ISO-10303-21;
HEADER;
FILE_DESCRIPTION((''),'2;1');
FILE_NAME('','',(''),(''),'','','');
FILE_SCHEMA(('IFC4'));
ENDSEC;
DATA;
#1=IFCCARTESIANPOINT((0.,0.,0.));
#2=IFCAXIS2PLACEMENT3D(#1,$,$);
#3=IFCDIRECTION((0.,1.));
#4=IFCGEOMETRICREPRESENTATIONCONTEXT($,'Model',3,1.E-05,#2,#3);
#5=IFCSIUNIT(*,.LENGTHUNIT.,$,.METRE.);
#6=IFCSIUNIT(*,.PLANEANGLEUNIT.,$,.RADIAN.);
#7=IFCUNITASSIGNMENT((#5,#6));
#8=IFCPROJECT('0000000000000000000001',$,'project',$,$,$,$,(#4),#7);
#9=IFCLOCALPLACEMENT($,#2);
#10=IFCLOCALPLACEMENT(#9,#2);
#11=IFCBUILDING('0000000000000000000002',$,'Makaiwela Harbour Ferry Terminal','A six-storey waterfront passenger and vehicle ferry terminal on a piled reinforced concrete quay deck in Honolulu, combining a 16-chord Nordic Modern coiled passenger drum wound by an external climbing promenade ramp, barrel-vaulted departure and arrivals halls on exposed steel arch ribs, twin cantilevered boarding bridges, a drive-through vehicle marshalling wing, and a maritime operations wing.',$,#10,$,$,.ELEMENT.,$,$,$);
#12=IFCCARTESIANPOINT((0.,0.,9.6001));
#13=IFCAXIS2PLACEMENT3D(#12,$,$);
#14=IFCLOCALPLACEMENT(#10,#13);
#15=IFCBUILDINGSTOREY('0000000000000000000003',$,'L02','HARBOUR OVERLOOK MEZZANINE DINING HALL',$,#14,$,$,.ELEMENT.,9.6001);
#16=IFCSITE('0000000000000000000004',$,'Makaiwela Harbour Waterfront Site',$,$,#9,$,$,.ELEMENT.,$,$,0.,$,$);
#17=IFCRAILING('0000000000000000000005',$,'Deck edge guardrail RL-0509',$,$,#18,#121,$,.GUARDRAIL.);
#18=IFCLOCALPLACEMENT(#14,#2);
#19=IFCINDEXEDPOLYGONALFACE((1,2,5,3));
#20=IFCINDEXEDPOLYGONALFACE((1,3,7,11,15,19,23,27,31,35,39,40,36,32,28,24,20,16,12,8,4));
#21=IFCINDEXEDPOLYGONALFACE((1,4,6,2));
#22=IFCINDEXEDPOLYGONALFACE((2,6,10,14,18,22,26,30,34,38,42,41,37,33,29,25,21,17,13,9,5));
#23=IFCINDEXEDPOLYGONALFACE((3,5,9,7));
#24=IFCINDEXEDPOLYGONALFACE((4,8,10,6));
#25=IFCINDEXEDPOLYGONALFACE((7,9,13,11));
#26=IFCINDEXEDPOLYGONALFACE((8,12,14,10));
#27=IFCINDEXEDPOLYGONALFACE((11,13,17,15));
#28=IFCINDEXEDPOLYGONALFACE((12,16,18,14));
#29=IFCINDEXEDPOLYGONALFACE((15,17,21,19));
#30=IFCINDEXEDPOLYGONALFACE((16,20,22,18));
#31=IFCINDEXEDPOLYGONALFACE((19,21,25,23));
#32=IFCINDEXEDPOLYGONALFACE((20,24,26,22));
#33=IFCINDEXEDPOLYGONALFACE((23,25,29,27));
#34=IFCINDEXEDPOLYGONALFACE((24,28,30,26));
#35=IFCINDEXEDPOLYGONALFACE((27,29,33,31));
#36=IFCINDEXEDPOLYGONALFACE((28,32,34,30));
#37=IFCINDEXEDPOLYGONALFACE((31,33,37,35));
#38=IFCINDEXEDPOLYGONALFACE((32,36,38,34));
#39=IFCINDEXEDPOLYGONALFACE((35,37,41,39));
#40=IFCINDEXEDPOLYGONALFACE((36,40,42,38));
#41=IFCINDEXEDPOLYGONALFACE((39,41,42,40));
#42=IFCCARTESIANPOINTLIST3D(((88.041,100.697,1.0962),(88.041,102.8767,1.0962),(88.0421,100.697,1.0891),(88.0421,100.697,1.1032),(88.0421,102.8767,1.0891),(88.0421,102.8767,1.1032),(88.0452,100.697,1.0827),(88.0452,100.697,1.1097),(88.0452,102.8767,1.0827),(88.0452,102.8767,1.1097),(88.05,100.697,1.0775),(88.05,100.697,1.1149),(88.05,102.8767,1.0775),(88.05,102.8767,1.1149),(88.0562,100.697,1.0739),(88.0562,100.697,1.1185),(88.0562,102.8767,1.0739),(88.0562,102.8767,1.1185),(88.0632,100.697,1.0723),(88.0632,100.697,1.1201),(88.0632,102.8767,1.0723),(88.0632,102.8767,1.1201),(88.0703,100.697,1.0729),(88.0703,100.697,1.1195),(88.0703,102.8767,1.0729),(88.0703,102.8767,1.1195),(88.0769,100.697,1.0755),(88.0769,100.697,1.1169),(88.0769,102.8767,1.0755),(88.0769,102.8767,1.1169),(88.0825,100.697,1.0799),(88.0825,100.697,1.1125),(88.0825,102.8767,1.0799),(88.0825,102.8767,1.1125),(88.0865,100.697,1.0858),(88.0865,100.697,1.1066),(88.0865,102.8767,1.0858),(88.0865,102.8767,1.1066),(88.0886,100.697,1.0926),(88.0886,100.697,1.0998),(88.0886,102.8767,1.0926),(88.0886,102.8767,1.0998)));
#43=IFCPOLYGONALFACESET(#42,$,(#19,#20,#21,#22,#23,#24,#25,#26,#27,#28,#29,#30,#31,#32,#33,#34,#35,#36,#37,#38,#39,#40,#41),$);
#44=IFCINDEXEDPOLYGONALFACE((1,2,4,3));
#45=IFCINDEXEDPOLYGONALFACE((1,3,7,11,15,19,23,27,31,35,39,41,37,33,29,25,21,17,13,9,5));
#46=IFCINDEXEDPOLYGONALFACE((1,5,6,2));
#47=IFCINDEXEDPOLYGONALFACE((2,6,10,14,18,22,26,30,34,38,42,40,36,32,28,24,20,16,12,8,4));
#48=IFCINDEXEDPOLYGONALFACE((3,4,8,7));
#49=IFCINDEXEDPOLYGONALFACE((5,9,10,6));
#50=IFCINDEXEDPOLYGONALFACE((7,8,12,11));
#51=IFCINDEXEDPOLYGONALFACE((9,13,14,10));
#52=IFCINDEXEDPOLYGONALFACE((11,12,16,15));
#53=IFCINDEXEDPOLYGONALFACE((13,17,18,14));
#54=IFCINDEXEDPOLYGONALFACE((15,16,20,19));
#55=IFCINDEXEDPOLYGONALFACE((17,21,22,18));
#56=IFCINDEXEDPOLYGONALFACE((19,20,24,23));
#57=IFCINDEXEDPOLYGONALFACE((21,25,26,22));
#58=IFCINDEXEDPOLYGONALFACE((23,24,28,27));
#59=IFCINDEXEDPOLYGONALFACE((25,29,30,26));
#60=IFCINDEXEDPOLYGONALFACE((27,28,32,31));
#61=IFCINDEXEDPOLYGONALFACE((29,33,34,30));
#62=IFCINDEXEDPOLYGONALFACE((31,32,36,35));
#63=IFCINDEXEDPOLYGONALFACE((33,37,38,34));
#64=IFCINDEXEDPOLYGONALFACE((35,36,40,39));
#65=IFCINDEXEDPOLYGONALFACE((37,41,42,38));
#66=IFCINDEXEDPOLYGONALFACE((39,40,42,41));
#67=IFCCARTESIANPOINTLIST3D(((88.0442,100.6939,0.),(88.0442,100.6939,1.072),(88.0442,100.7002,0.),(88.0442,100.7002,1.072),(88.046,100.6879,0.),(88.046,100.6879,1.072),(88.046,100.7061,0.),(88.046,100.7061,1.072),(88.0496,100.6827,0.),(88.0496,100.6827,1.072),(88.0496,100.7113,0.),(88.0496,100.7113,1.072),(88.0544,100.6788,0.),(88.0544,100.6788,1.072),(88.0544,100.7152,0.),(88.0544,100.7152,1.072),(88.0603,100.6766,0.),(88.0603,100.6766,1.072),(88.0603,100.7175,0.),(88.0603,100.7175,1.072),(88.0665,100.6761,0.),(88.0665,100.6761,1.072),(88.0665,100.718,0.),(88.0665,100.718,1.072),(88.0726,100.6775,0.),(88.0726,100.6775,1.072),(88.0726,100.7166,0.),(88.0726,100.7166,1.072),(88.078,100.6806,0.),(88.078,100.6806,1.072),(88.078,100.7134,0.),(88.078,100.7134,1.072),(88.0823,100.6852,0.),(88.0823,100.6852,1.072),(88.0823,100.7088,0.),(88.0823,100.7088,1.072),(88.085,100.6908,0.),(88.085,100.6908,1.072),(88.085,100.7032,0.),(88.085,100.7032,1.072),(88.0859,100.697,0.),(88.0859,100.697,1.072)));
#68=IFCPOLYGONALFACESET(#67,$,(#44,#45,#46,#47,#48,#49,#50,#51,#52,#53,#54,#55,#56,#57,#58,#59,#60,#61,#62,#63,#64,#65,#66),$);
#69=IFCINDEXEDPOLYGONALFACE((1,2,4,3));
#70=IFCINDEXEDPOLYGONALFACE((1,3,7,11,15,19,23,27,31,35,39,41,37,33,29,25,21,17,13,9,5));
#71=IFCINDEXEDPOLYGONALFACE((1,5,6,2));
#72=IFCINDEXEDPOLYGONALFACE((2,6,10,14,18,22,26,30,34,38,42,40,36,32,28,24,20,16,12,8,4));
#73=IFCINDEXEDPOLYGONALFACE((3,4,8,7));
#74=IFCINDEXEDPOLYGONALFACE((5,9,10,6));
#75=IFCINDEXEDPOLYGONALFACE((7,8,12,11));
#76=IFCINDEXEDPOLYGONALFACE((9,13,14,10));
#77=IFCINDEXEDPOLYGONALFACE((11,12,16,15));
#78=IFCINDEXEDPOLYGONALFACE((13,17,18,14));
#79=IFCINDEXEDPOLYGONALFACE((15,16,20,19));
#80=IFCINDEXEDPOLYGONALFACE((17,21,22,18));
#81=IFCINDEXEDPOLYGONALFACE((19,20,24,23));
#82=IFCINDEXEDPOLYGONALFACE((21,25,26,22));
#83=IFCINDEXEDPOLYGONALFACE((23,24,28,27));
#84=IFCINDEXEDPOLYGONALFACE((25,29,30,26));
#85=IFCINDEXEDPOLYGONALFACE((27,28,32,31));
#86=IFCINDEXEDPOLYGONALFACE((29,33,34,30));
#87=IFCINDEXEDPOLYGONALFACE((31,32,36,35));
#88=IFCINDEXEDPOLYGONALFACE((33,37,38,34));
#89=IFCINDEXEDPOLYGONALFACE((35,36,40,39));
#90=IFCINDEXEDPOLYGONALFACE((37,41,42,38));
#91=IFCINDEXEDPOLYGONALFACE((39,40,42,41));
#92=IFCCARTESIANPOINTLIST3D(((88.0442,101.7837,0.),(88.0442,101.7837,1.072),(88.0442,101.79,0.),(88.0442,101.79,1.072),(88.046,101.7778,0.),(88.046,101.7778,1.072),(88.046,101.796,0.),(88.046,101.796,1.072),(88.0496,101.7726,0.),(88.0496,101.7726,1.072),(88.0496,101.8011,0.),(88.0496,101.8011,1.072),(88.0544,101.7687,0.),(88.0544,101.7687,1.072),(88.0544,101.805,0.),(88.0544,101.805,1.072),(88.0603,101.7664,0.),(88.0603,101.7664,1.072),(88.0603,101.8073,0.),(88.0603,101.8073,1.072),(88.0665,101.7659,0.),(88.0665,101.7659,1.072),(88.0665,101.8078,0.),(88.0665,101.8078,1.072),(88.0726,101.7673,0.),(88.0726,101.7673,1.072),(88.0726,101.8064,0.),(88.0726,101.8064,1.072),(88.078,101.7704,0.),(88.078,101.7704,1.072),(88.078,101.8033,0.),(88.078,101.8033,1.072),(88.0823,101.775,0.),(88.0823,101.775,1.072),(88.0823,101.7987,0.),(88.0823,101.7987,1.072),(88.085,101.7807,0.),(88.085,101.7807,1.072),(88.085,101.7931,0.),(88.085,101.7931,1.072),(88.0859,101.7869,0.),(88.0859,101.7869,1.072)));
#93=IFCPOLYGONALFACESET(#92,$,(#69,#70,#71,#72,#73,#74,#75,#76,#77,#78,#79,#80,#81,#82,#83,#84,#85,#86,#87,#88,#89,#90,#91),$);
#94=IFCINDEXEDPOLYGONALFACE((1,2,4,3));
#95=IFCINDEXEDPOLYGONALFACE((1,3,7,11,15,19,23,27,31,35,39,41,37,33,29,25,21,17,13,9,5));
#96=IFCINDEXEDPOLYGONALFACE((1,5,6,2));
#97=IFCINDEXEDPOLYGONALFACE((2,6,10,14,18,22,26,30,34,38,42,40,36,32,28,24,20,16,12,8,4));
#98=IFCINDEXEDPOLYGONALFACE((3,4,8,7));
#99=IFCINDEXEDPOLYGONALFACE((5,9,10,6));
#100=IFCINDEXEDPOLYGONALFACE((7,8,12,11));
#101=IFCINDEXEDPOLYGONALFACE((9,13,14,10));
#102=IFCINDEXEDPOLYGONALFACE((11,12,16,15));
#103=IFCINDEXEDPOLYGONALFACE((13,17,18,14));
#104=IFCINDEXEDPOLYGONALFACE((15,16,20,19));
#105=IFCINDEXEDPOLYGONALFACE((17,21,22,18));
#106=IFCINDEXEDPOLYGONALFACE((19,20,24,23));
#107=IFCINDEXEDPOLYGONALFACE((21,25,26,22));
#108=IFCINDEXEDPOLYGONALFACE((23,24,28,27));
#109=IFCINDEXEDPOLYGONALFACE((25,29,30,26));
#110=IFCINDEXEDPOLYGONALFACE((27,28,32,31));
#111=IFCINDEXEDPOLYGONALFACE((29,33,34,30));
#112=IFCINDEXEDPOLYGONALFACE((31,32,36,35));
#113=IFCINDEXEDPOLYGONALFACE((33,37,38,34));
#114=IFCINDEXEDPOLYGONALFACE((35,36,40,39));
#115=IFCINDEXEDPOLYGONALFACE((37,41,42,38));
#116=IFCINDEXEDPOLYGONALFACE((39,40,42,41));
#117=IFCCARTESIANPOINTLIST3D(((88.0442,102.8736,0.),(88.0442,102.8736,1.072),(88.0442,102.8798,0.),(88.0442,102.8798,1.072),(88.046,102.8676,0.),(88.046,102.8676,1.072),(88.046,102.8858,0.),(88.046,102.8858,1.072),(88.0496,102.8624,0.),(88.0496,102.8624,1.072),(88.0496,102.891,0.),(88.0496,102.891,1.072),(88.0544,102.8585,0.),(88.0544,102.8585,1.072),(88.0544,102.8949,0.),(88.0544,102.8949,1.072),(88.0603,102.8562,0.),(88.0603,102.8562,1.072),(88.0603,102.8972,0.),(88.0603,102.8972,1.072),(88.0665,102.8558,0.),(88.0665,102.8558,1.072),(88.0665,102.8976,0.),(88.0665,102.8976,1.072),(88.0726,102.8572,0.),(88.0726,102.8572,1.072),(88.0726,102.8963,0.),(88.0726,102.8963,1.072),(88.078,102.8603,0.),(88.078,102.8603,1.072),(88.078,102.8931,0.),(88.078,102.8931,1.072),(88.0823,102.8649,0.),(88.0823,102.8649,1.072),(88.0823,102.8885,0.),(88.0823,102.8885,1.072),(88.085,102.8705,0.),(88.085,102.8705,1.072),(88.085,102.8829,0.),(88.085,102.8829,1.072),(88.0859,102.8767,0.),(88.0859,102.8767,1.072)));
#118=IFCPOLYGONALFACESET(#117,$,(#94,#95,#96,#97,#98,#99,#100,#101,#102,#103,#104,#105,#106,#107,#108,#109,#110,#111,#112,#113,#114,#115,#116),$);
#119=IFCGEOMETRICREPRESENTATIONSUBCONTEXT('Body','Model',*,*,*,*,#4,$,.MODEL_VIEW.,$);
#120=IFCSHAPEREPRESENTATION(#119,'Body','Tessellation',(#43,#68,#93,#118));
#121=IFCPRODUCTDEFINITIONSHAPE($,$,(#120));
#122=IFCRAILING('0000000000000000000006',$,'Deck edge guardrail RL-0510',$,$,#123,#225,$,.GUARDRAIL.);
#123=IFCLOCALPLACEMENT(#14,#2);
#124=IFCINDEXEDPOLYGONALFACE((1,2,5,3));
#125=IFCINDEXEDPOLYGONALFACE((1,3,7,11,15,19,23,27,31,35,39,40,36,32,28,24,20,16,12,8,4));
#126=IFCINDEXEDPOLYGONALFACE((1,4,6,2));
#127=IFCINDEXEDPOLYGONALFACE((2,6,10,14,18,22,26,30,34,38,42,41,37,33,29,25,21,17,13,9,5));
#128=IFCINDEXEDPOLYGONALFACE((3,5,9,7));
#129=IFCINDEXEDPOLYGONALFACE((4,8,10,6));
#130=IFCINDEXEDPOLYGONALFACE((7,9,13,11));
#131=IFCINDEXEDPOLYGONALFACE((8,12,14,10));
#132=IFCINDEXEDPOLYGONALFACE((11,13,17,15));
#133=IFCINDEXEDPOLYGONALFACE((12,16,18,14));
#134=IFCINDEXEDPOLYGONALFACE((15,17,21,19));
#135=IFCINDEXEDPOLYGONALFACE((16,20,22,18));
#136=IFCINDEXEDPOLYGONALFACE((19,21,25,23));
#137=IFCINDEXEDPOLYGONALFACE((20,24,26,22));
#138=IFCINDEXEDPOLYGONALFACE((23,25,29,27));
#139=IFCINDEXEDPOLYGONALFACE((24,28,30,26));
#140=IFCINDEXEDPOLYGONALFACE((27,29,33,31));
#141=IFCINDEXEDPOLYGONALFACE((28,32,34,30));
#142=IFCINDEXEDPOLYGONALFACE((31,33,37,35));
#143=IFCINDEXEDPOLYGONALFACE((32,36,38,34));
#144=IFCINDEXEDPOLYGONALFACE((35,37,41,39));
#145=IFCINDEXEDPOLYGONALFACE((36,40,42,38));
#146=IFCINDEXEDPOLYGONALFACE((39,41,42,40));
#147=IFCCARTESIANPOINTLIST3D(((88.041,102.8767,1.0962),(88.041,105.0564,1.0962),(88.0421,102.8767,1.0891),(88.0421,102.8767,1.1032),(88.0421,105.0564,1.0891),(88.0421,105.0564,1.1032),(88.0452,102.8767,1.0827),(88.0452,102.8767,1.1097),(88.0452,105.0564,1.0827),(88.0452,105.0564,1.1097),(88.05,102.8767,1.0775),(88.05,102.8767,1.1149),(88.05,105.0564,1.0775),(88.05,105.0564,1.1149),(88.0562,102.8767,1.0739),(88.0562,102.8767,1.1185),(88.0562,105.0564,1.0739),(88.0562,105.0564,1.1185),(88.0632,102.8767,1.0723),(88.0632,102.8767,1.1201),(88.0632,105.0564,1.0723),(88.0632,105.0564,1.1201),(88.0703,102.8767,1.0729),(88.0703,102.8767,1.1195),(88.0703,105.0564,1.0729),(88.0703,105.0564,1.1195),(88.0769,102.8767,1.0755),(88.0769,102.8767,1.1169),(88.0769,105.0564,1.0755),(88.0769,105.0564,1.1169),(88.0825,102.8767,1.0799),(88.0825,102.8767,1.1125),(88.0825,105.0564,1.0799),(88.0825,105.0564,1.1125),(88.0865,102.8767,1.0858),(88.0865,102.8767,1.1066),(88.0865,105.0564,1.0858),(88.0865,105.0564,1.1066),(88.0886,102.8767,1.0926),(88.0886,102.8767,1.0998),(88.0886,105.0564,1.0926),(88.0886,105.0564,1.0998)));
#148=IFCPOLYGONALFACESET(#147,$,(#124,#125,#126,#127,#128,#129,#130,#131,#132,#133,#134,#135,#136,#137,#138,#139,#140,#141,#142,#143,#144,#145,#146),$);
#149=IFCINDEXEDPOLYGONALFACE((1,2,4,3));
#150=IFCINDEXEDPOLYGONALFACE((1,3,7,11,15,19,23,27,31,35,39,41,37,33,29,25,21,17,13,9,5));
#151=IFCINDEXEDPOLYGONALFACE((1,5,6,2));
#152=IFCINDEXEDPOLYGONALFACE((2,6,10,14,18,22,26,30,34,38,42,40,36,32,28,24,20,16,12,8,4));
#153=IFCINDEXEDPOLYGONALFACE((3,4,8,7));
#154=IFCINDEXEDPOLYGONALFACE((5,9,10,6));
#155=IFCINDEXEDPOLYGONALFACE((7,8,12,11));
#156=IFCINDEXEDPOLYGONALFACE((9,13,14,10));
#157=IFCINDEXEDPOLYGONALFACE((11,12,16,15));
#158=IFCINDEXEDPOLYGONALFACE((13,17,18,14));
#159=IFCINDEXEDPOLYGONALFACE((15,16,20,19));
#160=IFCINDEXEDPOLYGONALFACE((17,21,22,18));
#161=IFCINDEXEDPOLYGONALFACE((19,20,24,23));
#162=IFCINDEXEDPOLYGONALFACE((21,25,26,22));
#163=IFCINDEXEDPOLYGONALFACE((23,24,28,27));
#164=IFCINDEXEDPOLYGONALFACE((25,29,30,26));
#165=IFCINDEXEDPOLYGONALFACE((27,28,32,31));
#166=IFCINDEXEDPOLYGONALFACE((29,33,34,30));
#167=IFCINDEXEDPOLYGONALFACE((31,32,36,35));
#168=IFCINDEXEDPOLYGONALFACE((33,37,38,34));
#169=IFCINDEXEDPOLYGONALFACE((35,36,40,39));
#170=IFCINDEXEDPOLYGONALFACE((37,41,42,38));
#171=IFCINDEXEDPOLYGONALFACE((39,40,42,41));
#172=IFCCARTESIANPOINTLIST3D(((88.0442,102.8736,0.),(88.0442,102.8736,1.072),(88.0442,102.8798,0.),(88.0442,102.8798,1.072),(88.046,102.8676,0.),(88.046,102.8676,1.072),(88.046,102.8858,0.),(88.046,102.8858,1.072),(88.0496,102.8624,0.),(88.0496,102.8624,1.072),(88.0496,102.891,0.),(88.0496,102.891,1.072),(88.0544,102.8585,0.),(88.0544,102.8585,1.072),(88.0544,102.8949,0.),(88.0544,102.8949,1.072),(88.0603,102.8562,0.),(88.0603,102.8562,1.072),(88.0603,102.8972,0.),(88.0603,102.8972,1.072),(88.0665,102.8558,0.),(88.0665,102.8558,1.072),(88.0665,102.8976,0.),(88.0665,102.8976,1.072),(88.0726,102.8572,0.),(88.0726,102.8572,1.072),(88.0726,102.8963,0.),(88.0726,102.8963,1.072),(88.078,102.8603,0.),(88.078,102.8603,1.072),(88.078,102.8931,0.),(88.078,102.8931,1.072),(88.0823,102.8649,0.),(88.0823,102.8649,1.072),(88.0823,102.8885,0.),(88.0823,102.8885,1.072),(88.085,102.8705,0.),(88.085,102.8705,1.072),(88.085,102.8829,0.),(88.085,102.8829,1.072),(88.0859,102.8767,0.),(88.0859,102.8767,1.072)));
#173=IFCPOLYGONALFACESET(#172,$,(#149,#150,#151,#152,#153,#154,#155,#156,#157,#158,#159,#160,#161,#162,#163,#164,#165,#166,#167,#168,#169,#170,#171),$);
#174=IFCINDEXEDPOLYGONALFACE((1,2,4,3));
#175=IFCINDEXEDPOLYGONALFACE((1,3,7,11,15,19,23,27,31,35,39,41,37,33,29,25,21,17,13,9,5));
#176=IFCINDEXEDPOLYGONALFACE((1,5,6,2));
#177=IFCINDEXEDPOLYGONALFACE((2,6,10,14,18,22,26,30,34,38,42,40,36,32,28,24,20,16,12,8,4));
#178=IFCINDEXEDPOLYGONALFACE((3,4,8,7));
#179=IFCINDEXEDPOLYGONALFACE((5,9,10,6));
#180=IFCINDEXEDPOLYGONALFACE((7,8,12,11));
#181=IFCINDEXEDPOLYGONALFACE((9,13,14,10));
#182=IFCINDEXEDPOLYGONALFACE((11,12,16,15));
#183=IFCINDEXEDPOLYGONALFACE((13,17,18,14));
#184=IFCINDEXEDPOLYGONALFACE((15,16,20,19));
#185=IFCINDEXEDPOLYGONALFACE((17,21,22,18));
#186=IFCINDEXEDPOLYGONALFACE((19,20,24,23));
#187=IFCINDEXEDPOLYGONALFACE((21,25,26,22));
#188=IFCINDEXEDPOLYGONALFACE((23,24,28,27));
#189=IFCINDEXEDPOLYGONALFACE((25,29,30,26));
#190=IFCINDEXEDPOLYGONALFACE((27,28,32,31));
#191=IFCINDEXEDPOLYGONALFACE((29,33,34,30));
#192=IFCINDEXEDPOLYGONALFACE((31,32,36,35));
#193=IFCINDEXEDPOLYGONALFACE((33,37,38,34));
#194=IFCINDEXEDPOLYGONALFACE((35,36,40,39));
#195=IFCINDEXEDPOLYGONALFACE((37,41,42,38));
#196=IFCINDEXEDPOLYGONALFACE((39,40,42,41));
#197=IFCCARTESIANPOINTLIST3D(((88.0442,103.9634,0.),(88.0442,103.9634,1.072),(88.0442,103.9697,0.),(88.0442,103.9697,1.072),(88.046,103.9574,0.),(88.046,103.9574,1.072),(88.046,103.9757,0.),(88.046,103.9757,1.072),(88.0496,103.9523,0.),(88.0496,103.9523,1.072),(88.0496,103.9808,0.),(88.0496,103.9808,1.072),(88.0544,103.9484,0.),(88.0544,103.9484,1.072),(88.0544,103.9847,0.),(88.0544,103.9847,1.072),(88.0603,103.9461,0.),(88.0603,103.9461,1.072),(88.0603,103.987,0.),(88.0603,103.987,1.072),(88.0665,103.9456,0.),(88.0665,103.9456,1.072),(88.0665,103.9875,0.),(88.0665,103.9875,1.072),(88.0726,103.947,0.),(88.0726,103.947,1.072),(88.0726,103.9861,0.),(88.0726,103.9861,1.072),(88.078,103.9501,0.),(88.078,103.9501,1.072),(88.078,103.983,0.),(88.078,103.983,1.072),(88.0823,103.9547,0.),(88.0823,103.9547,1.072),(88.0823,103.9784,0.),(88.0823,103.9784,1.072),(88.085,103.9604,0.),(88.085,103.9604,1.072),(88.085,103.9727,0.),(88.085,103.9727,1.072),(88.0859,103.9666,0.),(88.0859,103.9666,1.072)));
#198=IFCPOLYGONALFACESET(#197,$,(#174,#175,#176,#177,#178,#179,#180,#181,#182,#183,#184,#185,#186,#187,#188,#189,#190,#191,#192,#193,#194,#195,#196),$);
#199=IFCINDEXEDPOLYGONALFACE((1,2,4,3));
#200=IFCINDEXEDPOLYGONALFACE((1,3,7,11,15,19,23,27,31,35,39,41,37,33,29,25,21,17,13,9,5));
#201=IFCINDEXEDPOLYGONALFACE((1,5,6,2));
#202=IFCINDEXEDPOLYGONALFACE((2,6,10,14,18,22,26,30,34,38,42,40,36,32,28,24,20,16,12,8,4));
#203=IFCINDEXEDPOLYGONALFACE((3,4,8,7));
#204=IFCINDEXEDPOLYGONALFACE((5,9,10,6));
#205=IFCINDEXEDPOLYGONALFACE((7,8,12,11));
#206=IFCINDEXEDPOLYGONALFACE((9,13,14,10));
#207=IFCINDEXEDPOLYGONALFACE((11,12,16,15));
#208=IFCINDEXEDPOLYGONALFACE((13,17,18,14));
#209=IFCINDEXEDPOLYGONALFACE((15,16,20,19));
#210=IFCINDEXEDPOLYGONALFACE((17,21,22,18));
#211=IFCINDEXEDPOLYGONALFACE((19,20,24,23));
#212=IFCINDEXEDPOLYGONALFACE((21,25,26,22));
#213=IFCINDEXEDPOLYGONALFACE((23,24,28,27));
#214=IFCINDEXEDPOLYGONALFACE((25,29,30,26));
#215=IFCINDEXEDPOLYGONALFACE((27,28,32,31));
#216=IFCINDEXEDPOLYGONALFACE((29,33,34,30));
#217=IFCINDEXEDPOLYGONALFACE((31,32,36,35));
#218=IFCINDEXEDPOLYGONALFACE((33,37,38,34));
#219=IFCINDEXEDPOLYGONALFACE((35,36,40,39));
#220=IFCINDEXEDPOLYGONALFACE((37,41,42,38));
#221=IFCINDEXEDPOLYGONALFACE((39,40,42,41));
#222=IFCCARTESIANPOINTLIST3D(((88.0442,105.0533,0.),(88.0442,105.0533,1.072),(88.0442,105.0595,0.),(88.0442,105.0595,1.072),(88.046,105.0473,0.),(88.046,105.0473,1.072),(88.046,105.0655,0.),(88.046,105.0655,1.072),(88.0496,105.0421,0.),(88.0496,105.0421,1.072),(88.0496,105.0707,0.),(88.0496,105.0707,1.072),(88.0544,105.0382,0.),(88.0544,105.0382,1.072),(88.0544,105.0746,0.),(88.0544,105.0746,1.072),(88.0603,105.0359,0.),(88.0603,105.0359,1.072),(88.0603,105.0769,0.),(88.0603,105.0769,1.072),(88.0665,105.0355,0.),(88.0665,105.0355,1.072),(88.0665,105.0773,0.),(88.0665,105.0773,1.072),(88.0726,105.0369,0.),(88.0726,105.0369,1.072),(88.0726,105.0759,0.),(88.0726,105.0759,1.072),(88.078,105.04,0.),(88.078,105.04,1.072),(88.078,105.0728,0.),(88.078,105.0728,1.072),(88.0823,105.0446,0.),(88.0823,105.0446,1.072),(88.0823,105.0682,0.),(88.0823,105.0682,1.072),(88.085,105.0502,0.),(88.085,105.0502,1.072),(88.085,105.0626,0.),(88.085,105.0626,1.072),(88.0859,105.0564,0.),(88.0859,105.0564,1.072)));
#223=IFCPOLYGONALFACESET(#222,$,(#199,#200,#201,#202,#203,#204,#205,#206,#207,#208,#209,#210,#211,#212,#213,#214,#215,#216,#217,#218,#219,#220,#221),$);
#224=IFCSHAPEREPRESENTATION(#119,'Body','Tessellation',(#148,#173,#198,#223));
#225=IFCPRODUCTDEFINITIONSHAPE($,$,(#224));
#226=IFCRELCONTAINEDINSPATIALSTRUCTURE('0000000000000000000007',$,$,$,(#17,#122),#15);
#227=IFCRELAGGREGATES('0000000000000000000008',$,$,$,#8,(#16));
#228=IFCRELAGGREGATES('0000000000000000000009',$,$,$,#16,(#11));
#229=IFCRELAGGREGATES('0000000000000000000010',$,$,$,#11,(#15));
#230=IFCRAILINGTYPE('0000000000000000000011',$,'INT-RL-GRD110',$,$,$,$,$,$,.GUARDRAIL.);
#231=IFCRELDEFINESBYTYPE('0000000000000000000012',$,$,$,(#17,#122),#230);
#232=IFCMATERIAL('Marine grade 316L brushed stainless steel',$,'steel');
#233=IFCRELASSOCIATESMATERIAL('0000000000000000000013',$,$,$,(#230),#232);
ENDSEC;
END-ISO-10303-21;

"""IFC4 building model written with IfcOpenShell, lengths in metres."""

from ifc_helpers import new_model, si_unit, direction, frame, origin, origin_2d, place, context, subcontext, project, spatial, circle, extrude, material, type_object, element, save


model = new_model("IFC4")

# Units and contexts
model_context = context("Model", 3, precision=1e-05, world=origin(), true_north=direction((0.0, 1.0)))
body_context = subcontext(model_context, "Body", "Model", "MODEL_VIEW")
ifc_project = project(units=[si_unit("LENGTHUNIT", "METRE"), si_unit("PLANEANGLEUNIT", "RADIAN")], contexts=[model_context])

# Site, building, storey
site_placement = place(None, origin())
site = spatial("IfcSite", under=ifc_project, at=site_placement, Name="Makaiwela Harbour Waterfront Site", CompositionType="ELEMENT", RefElevation=0.0)
building_placement = place(site_placement, origin())
building = spatial("IfcBuilding", under=site, at=building_placement, Name="Makaiwela Harbour Ferry Terminal", Description="A six-storey waterfront passenger and vehicle ferry terminal on a piled reinforced concrete quay deck in Honolulu, combining a 16-chord Nordic Modern coiled passenger drum wound by an external climbing promenade ramp, barrel-vaulted departure and arrivals halls on exposed steel arch ribs, twin cantilevered boarding bridges, a drive-through vehicle marshalling wing, and a maritime operations wing.", CompositionType="ELEMENT")
storey_placement = place(building_placement, frame((0.0, 0.0, 9.6001)))
storey = spatial("IfcBuildingStorey", under=building, at=storey_placement, Name="L02", Description="HARBOUR OVERLOOK MEZZANINE DINING HALL", CompositionType="ELEMENT", Elevation=9.6001)

# Railings
ifc_material_1 = material(Name="Marine grade 316L brushed stainless steel", Category="steel")
railing_type = type_object("IfcRailingType", Name="INT-RL-GRD110", PredefinedType="GUARDRAIL", material=ifc_material_1)
for number, where, name in (
    (1, (88.0649, 100.697, 0.0), "Deck edge guardrail RL-0509"),
    (2, (88.0649, 102.8767, 0.0), "Deck edge guardrail RL-0510"),
):
    element("IfcRailing", number, at=place(storey_placement, frame(where)), inside=storey, type_object=railing_type, Name=name, PredefinedType="GUARDRAIL", context=body_context, shape_type="SweptSolid", body=[
        extrude(circle(Radius=0.0239, at=origin_2d()), frame((0.0, 0.0, 1.0962), z_axis=(0.0, 1.0, 0.0), x_axis=(-1.0, 0.0, 0.0)), (0.0, 0.0, 1.0), 2.1797),
        extrude(circle(Radius=0.021, at=origin_2d()), origin(), (0.0, 0.0, 1.0), 1.072),
        extrude(circle(Radius=0.021, at=origin_2d()), frame((0.0, 1.0898, 0.0)), (0.0, 0.0, 1.0), 1.072),
        extrude(circle(Radius=0.021, at=origin_2d()), frame((0.0, 2.1797, 0.0)), (0.0, 0.0, 1.0), 1.072),
    ])

save(model, "model.ifc")
